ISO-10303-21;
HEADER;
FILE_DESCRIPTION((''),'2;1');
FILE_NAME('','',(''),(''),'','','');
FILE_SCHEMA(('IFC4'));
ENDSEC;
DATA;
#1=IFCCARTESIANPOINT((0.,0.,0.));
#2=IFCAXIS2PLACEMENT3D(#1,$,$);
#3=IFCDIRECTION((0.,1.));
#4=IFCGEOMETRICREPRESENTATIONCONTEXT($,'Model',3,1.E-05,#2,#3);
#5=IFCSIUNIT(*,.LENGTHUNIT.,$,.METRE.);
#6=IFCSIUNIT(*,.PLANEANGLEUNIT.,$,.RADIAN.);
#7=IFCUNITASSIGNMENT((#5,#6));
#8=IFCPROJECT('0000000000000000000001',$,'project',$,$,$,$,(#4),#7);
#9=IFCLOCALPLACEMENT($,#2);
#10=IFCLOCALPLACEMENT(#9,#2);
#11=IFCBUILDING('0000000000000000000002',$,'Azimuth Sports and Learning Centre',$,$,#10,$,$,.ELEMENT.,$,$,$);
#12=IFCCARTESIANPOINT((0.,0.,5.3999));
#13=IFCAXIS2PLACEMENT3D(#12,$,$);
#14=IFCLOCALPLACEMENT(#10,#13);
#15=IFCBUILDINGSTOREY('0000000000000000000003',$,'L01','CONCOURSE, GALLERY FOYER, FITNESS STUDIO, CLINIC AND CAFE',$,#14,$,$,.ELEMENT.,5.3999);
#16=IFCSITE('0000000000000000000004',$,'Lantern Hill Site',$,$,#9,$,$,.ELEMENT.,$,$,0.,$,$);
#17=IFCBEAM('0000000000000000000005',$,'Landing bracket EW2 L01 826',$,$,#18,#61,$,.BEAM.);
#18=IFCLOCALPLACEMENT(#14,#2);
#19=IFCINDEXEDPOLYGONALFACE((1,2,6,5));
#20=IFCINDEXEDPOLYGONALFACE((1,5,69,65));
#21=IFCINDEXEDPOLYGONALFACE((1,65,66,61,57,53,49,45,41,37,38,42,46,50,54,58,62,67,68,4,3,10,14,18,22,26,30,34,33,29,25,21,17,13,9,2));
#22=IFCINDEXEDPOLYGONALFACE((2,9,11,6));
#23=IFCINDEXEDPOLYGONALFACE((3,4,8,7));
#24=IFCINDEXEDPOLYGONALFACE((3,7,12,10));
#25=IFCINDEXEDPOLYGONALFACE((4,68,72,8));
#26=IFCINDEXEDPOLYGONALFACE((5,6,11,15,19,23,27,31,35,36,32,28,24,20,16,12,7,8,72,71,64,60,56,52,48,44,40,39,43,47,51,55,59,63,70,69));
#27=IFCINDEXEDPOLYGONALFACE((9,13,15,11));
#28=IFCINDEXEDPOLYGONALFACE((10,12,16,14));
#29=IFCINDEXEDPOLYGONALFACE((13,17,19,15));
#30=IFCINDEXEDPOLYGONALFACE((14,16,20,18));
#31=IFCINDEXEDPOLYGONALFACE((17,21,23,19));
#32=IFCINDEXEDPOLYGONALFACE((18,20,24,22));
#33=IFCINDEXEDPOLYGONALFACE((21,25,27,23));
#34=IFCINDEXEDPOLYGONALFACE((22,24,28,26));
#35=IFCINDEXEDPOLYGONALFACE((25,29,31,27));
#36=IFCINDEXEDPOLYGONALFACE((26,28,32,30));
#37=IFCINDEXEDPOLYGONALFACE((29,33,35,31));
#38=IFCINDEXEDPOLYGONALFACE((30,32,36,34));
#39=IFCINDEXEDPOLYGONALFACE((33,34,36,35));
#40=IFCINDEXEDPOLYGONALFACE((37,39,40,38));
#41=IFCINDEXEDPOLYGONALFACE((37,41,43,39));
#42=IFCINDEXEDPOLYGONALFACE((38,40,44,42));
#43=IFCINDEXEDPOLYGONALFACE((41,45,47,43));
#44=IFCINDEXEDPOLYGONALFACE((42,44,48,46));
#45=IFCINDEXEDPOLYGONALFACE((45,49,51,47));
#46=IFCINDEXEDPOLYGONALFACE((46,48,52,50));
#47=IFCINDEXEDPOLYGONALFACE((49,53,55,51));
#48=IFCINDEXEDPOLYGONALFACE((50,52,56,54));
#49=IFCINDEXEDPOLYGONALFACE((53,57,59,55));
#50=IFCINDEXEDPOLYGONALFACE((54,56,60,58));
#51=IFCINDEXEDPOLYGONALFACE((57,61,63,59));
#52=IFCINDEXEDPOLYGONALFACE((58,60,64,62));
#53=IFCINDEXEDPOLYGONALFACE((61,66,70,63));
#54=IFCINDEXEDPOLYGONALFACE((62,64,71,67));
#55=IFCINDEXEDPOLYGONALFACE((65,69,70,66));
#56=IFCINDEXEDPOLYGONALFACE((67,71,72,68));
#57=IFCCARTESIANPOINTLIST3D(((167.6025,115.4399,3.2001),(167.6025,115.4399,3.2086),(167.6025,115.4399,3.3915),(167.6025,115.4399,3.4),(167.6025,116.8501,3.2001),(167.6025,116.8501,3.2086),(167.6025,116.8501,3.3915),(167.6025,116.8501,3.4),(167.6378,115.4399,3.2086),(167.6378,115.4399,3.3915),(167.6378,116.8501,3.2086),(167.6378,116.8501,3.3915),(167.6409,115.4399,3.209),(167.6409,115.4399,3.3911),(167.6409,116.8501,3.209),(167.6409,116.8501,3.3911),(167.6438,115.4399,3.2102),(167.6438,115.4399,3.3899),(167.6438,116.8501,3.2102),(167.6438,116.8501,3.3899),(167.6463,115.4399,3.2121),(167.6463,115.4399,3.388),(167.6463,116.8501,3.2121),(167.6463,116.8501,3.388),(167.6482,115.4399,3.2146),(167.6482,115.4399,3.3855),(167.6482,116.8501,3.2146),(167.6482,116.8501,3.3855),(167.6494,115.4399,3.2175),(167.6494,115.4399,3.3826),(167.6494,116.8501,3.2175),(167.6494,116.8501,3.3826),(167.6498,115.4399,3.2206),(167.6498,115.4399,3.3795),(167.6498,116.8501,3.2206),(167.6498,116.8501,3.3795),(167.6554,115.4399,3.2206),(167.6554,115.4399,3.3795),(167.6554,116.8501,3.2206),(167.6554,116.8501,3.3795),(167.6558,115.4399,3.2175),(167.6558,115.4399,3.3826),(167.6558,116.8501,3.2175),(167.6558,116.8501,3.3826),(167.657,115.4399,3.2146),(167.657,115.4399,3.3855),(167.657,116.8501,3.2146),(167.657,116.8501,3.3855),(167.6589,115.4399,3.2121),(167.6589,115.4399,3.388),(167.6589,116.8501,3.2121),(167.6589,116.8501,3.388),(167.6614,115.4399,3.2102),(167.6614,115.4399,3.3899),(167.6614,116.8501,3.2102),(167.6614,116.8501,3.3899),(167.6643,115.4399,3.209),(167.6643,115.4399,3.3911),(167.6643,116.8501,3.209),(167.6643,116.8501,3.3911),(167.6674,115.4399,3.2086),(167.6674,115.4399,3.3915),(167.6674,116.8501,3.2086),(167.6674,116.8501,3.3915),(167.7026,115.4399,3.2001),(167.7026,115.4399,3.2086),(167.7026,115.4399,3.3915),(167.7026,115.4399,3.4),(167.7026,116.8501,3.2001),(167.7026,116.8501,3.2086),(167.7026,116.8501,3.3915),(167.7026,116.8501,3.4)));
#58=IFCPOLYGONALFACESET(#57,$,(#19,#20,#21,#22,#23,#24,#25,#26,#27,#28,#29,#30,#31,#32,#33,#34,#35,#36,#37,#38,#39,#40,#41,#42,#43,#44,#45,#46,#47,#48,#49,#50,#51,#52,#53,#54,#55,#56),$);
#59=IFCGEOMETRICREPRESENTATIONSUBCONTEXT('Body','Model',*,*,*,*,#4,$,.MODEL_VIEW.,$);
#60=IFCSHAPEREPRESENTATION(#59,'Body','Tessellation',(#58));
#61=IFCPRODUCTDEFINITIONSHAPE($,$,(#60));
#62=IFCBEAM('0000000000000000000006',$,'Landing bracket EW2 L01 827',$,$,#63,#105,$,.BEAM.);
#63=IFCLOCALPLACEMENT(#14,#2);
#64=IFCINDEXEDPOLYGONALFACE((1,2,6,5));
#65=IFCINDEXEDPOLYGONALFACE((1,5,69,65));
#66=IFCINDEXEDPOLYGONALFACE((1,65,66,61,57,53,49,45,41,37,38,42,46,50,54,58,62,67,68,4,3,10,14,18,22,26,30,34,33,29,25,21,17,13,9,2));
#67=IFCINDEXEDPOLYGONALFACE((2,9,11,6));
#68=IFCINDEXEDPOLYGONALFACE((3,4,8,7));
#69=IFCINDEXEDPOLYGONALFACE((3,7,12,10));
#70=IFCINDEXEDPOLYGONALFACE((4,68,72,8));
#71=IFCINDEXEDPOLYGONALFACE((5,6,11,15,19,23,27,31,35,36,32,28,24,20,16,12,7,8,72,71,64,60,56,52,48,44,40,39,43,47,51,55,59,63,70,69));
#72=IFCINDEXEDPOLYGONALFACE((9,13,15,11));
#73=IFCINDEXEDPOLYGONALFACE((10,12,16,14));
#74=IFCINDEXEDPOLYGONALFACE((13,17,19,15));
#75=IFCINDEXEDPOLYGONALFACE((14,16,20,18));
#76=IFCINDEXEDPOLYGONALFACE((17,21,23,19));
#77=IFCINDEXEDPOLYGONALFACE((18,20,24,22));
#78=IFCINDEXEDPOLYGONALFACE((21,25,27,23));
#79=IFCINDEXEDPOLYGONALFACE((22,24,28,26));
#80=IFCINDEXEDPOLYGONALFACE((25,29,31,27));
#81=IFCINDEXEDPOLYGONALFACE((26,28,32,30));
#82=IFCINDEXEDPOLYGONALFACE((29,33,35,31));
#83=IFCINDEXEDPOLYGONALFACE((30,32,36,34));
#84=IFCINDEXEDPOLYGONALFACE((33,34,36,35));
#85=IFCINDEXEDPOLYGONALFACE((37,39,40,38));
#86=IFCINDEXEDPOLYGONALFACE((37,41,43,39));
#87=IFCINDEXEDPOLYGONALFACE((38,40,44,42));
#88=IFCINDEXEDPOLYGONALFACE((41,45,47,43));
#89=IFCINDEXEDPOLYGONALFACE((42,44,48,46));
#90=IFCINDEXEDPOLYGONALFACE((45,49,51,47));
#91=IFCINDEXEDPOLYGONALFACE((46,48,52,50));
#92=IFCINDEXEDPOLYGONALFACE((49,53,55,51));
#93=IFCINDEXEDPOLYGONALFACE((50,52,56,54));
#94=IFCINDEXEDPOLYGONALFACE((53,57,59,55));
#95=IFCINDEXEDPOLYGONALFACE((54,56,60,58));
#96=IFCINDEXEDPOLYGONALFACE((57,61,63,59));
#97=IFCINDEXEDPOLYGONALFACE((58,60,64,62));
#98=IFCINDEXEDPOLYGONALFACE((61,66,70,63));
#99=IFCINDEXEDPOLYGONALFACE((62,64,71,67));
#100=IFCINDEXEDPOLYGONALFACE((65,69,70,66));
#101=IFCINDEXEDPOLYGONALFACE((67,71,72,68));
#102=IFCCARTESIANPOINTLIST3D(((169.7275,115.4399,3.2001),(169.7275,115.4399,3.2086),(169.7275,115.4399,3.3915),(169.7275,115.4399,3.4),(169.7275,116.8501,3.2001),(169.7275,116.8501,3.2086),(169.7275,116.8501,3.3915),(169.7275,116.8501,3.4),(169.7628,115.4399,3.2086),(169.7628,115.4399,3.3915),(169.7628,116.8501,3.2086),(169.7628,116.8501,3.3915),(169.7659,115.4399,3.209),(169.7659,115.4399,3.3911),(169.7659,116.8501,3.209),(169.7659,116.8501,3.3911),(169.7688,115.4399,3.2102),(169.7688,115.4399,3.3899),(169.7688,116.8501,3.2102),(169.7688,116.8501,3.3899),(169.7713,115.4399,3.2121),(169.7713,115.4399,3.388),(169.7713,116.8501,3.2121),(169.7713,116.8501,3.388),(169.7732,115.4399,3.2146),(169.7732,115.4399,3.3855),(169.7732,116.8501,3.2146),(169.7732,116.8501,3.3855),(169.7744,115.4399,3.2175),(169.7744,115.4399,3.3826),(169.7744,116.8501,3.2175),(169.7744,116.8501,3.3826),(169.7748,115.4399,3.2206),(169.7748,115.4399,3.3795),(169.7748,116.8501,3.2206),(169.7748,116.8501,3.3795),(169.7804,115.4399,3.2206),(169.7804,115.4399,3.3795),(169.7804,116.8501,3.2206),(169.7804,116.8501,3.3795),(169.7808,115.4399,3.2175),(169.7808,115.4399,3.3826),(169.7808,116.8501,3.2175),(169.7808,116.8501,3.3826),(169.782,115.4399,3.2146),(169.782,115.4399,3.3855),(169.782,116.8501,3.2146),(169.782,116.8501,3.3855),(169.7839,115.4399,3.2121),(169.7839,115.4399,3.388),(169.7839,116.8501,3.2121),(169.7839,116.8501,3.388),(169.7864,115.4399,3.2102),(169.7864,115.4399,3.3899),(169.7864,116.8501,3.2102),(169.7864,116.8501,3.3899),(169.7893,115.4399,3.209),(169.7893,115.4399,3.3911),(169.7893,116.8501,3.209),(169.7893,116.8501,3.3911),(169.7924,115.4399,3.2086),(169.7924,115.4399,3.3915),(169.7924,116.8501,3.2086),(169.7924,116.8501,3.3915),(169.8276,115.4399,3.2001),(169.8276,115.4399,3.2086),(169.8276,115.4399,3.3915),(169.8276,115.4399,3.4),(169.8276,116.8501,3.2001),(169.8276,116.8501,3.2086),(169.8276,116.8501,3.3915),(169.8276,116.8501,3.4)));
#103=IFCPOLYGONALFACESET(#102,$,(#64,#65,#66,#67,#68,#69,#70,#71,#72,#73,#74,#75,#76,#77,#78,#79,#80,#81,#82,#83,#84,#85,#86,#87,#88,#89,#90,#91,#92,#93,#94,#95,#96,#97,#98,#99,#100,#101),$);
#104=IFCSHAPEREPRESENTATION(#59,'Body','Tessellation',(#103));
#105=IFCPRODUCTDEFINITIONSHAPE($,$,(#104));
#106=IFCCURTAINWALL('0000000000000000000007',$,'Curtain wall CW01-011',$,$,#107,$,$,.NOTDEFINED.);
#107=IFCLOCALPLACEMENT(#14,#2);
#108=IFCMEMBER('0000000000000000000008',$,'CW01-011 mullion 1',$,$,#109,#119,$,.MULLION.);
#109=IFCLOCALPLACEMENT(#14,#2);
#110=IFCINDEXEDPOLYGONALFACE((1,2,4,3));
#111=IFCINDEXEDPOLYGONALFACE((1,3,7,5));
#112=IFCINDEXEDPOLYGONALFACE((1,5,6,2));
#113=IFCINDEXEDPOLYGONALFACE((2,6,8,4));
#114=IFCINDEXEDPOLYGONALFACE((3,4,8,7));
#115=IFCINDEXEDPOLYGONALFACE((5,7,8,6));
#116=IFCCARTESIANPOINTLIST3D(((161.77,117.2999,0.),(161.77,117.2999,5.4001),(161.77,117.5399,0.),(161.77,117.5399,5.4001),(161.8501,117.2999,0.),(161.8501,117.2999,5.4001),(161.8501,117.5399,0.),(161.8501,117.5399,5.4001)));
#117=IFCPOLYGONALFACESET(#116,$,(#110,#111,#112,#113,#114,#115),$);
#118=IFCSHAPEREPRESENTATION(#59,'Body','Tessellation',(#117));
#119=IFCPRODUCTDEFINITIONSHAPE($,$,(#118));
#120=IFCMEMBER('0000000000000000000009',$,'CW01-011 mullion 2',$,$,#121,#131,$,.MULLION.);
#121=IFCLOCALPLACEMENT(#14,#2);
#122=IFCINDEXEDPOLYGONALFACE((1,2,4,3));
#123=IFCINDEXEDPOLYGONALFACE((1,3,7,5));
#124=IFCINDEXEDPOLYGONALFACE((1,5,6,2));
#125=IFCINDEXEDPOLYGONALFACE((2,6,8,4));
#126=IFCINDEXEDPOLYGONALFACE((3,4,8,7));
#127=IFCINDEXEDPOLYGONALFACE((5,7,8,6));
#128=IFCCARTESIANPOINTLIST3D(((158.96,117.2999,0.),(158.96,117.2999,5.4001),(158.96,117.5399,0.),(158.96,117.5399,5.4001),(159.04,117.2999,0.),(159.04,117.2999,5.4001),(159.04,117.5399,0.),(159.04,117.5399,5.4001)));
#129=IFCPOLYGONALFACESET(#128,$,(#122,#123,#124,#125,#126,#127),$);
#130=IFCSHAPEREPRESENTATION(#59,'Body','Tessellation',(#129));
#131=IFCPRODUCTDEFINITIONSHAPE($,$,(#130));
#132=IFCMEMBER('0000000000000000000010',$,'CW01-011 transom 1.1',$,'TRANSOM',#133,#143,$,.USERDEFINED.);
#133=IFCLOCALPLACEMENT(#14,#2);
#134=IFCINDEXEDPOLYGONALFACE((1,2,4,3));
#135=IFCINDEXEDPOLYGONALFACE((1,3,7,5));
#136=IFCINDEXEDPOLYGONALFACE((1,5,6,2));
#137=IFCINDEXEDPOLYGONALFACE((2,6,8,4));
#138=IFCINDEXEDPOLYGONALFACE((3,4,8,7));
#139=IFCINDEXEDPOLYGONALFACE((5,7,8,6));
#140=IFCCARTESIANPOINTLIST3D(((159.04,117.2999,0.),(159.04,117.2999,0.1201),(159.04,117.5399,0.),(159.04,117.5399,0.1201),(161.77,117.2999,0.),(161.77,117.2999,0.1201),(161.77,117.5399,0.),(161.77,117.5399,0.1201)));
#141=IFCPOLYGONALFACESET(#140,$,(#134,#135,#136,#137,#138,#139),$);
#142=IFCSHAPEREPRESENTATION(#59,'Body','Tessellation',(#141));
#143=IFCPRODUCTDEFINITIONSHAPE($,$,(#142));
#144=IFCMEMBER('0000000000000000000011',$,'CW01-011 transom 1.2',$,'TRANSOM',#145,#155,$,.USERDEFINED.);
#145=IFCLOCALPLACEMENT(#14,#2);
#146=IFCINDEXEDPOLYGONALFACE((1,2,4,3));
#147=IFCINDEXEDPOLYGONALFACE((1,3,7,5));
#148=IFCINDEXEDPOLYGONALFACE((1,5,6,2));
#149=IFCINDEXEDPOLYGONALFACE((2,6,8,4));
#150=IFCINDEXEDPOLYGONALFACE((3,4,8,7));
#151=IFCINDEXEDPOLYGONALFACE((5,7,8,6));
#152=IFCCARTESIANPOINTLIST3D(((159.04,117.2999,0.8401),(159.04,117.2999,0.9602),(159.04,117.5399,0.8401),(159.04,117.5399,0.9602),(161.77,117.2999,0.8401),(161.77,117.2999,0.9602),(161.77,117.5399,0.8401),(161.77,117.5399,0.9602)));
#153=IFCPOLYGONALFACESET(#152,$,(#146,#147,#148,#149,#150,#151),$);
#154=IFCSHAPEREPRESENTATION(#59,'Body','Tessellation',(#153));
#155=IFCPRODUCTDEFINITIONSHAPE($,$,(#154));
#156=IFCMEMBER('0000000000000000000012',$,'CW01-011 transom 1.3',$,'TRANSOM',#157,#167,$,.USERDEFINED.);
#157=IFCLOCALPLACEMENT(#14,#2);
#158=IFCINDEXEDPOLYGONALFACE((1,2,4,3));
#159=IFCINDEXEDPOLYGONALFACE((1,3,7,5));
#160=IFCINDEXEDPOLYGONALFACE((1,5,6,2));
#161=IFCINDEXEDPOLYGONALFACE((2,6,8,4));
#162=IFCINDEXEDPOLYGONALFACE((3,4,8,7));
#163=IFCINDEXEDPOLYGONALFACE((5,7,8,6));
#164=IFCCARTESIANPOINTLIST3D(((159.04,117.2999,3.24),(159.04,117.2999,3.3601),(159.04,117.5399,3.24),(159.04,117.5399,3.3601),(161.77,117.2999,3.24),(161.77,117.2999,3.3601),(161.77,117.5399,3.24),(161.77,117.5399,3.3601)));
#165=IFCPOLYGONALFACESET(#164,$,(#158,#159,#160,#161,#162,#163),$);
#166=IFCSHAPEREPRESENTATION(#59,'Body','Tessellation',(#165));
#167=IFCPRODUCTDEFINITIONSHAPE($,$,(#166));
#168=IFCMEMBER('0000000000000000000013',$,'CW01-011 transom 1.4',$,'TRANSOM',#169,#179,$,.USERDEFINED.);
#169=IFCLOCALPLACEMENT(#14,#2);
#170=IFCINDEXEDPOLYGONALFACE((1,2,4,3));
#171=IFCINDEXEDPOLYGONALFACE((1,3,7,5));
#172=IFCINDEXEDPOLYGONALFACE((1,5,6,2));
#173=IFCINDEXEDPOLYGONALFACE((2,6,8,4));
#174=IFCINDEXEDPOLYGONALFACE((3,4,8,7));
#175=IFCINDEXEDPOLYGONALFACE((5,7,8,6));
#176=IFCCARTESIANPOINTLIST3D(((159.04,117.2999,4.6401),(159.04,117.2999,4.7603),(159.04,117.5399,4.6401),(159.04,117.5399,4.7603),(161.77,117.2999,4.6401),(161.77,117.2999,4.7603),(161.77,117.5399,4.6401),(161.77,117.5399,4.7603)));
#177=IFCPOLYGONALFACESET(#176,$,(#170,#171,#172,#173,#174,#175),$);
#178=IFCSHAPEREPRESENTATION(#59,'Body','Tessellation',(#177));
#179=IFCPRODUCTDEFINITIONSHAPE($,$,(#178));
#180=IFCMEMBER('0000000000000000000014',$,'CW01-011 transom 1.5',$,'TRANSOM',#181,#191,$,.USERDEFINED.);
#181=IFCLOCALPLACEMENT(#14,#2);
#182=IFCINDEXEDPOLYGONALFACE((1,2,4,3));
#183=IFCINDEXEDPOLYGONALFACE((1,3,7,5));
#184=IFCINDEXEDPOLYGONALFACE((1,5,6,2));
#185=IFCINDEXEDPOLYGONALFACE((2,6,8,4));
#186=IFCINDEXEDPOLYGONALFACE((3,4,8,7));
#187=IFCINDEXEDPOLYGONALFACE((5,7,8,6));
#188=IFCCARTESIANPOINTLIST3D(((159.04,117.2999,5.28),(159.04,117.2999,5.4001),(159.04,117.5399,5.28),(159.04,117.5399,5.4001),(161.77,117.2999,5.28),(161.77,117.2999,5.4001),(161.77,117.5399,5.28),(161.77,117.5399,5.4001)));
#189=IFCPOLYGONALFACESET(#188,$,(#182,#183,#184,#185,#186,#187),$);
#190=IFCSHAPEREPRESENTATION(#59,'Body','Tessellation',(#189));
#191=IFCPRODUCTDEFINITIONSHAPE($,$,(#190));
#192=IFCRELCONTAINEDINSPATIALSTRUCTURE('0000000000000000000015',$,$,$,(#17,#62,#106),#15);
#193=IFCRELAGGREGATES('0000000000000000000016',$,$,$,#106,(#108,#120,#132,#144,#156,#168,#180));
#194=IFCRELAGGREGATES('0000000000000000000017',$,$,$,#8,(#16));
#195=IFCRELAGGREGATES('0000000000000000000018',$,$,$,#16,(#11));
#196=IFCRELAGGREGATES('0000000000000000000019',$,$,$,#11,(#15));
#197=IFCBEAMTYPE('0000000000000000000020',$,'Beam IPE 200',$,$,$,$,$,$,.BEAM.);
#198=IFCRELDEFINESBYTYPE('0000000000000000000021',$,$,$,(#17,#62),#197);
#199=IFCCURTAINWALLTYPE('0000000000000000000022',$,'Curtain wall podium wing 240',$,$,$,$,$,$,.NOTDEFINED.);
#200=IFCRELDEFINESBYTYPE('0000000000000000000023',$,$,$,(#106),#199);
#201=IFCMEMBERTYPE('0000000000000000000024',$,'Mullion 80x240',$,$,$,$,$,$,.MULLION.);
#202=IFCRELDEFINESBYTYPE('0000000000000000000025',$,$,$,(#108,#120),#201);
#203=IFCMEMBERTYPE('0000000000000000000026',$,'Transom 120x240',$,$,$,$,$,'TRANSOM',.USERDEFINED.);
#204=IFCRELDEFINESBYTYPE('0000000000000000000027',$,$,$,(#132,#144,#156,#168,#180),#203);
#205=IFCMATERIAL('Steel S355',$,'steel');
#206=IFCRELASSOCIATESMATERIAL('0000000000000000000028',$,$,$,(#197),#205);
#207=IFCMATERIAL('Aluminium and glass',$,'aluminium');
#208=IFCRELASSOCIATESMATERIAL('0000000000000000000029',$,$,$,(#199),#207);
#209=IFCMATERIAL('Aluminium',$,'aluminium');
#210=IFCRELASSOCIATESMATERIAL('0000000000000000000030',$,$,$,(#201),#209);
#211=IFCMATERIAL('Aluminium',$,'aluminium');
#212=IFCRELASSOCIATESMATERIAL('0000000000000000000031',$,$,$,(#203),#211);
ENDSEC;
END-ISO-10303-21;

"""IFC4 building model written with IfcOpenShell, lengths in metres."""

from ifc_helpers import new_model, si_unit, direction, frame, origin, origin_2d, place, context, subcontext, project, spatial, rectangle, i_section, extrude, material, material_profile, profile_set, type_object, element, aggregate, save


model = new_model("IFC4")

# Units and contexts
model_context = context("Model", 3, precision=1e-05, world=origin(), true_north=direction((0.0, 1.0)))
body_context = subcontext(model_context, "Body", "Model", "MODEL_VIEW")
ifc_project = project(units=[si_unit("LENGTHUNIT", "METRE"), si_unit("PLANEANGLEUNIT", "RADIAN")], contexts=[model_context])

# Site, building, storey
site_placement = place(None, origin())
site = spatial("IfcSite", under=ifc_project, at=site_placement, Name="Lantern Hill Site", CompositionType="ELEMENT", RefElevation=0.0)
building_placement = place(site_placement, origin())
building = spatial("IfcBuilding", under=site, at=building_placement, Name="Azimuth Sports and Learning Centre", CompositionType="ELEMENT")
storey_placement = place(building_placement, frame((0.0, 0.0, 5.3999)))
storey = spatial("IfcBuildingStorey", under=building, at=storey_placement, Name="L01", Description="CONCOURSE, GALLERY FOYER, FITNESS STUDIO, CLINIC AND CAFE", CompositionType="ELEMENT", Elevation=5.3999)

# Beams
ifc_material_1 = material(Name="Steel S355", Category="steel")
ifc_material_profile_1 = material_profile(ifc_material_1, i_section(OverallWidth=0.1001, OverallDepth=0.2, WebThickness=0.0056, FlangeThickness=0.0085, FilletRadius=0.012, at=origin_2d()), Name="IPE 200")
ifc_profile_set_1 = profile_set([ifc_material_profile_1], Name="Steel S355")
beam_type = type_object("IfcBeamType", Name="Beam IPE 200", PredefinedType="BEAM", material=ifc_profile_set_1)
for number, where, z_axis, x_axis, name in (
    (1, (167.6526, 116.8501, 3.3), (0.0, -1.0, 0.0), (1.0, 0.0, 0.0), "Landing bracket EW2 L01 826"),
    (2, (169.7776, 116.8501, 3.3), (0.0, -1.0, 0.0), (1.0, 0.0, 0.0), "Landing bracket EW2 L01 827"),
):
    element("IfcBeam", number, at=place(storey_placement, frame(where, z_axis=z_axis, x_axis=x_axis)), inside=storey, type_object=beam_type, Name=name, PredefinedType="BEAM", context=body_context, shape_type="SweptSolid", body=[
        extrude(i_section(OverallWidth=0.1001, OverallDepth=0.2, WebThickness=0.0056, FlangeThickness=0.0085, FilletRadius=0.012, at=origin_2d()), origin(), (0.0, 0.0, 1.0), 1.4102),
    ])

# Curtain wall, members
ifc_material_2 = material(Name="Aluminium and glass", Category="aluminium")
curtain_wall_type = type_object("IfcCurtainWallType", Name="Curtain wall podium wing 240", PredefinedType="NOTDEFINED", material=ifc_material_2)
curtain_wall_placement = place(storey_placement, origin())
curtain_wall = element("IfcCurtainWall", 3, at=curtain_wall_placement, inside=storey, type_object=curtain_wall_type, Name="Curtain wall CW01-011", PredefinedType="NOTDEFINED")
ifc_material_3 = material(Name="Aluminium", Category="aluminium")
ifc_material_profile_2 = material_profile(ifc_material_3, rectangle(XDim=0.24, YDim=0.0801, at=origin_2d()), Name="Mullion 80x240")
ifc_profile_set_2 = profile_set([ifc_material_profile_2], Name="Aluminium")
member_type_1 = type_object("IfcMemberType", Name="Mullion 80x240", PredefinedType="MULLION", material=ifc_profile_set_2)
member_1_placement = place(storey_placement, frame((161.8101, 117.4199, 0.0), z_axis=(0.0, 0.0, 1.0), x_axis=(0.0, -1.0, 0.0)))
member_1 = element("IfcMember", 4, at=member_1_placement, type_object=member_type_1, Name="CW01-011 mullion 1", PredefinedType="MULLION", context=body_context, shape_type="SweptSolid", body=[
    extrude(rectangle(XDim=0.24, YDim=0.0801, at=origin_2d()), origin(), (0.0, 0.0, 1.0), 5.4001),
])
member_2_placement = place(storey_placement, frame((159.0, 117.4199, 0.0), z_axis=(0.0, 0.0, 1.0), x_axis=(0.0, -1.0, 0.0)))
member_2 = element("IfcMember", 5, at=member_2_placement, type_object=member_type_1, Name="CW01-011 mullion 2", PredefinedType="MULLION", context=body_context, shape_type="SweptSolid", body=[
    extrude(rectangle(XDim=0.24, YDim=0.0801, at=origin_2d()), origin(), (0.0, 0.0, 1.0), 5.4001),
])
ifc_material_4 = material(Name="Aluminium", Category="aluminium")
ifc_material_profile_3 = material_profile(ifc_material_4, rectangle(XDim=0.24, YDim=0.1201, at=origin_2d()), Name="Transom 120x240")
ifc_profile_set_3 = profile_set([ifc_material_profile_3], Name="Aluminium")
member_type_2 = type_object("IfcMemberType", Name="Transom 120x240", ElementType="TRANSOM", PredefinedType="USERDEFINED", material=ifc_profile_set_3)
member_3_placement = place(storey_placement, frame((161.77, 117.4199, 0.0601), z_axis=(-1.0, 0.0, 0.0), x_axis=(0.0, -1.0, 0.0)))
member_3 = element("IfcMember", 6, at=member_3_placement, type_object=member_type_2, Name="CW01-011 transom 1.1", ObjectType="TRANSOM", PredefinedType="USERDEFINED", context=body_context, shape_type="SweptSolid", body=[
    extrude(rectangle(XDim=0.24, YDim=0.1201, at=origin_2d()), origin(), (0.0, 0.0, 1.0), 2.73),
])
member_4_placement = place(storey_placement, frame((161.77, 117.4199, 0.9001), z_axis=(-1.0, 0.0, 0.0), x_axis=(0.0, -1.0, 0.0)))
member_4 = element("IfcMember", 7, at=member_4_placement, type_object=member_type_2, Name="CW01-011 transom 1.2", ObjectType="TRANSOM", PredefinedType="USERDEFINED", context=body_context, shape_type="SweptSolid", body=[
    extrude(rectangle(XDim=0.24, YDim=0.1201, at=origin_2d()), origin(), (0.0, 0.0, 1.0), 2.73),
])
member_5_placement = place(storey_placement, frame((161.77, 117.4199, 3.3), z_axis=(-1.0, 0.0, 0.0), x_axis=(0.0, -1.0, 0.0)))
member_5 = element("IfcMember", 8, at=member_5_placement, type_object=member_type_2, Name="CW01-011 transom 1.3", ObjectType="TRANSOM", PredefinedType="USERDEFINED", context=body_context, shape_type="SweptSolid", body=[
    extrude(rectangle(XDim=0.24, YDim=0.1201, at=origin_2d()), origin(), (0.0, 0.0, 1.0), 2.73),
])
member_6_placement = place(storey_placement, frame((161.77, 117.4199, 4.7002), z_axis=(-1.0, 0.0, 0.0), x_axis=(0.0, -1.0, 0.0)))
member_6 = element("IfcMember", 9, at=member_6_placement, type_object=member_type_2, Name="CW01-011 transom 1.4", ObjectType="TRANSOM", PredefinedType="USERDEFINED", context=body_context, shape_type="SweptSolid", body=[
    extrude(rectangle(XDim=0.24, YDim=0.1201, at=origin_2d()), origin(), (0.0, 0.0, 1.0), 2.73),
])
member_7_placement = place(storey_placement, frame((161.77, 117.4199, 5.3401), z_axis=(-1.0, 0.0, 0.0), x_axis=(0.0, -1.0, 0.0)))
member_7 = element("IfcMember", 10, at=member_7_placement, type_object=member_type_2, Name="CW01-011 transom 1.5", ObjectType="TRANSOM", PredefinedType="USERDEFINED", context=body_context, shape_type="SweptSolid", body=[
    extrude(rectangle(XDim=0.24, YDim=0.1201, at=origin_2d()), origin(), (0.0, 0.0, 1.0), 2.73),
])
aggregate(curtain_wall, [member_1, member_2, member_3, member_4, member_5, member_6, member_7])

save(model, "model.ifc")
